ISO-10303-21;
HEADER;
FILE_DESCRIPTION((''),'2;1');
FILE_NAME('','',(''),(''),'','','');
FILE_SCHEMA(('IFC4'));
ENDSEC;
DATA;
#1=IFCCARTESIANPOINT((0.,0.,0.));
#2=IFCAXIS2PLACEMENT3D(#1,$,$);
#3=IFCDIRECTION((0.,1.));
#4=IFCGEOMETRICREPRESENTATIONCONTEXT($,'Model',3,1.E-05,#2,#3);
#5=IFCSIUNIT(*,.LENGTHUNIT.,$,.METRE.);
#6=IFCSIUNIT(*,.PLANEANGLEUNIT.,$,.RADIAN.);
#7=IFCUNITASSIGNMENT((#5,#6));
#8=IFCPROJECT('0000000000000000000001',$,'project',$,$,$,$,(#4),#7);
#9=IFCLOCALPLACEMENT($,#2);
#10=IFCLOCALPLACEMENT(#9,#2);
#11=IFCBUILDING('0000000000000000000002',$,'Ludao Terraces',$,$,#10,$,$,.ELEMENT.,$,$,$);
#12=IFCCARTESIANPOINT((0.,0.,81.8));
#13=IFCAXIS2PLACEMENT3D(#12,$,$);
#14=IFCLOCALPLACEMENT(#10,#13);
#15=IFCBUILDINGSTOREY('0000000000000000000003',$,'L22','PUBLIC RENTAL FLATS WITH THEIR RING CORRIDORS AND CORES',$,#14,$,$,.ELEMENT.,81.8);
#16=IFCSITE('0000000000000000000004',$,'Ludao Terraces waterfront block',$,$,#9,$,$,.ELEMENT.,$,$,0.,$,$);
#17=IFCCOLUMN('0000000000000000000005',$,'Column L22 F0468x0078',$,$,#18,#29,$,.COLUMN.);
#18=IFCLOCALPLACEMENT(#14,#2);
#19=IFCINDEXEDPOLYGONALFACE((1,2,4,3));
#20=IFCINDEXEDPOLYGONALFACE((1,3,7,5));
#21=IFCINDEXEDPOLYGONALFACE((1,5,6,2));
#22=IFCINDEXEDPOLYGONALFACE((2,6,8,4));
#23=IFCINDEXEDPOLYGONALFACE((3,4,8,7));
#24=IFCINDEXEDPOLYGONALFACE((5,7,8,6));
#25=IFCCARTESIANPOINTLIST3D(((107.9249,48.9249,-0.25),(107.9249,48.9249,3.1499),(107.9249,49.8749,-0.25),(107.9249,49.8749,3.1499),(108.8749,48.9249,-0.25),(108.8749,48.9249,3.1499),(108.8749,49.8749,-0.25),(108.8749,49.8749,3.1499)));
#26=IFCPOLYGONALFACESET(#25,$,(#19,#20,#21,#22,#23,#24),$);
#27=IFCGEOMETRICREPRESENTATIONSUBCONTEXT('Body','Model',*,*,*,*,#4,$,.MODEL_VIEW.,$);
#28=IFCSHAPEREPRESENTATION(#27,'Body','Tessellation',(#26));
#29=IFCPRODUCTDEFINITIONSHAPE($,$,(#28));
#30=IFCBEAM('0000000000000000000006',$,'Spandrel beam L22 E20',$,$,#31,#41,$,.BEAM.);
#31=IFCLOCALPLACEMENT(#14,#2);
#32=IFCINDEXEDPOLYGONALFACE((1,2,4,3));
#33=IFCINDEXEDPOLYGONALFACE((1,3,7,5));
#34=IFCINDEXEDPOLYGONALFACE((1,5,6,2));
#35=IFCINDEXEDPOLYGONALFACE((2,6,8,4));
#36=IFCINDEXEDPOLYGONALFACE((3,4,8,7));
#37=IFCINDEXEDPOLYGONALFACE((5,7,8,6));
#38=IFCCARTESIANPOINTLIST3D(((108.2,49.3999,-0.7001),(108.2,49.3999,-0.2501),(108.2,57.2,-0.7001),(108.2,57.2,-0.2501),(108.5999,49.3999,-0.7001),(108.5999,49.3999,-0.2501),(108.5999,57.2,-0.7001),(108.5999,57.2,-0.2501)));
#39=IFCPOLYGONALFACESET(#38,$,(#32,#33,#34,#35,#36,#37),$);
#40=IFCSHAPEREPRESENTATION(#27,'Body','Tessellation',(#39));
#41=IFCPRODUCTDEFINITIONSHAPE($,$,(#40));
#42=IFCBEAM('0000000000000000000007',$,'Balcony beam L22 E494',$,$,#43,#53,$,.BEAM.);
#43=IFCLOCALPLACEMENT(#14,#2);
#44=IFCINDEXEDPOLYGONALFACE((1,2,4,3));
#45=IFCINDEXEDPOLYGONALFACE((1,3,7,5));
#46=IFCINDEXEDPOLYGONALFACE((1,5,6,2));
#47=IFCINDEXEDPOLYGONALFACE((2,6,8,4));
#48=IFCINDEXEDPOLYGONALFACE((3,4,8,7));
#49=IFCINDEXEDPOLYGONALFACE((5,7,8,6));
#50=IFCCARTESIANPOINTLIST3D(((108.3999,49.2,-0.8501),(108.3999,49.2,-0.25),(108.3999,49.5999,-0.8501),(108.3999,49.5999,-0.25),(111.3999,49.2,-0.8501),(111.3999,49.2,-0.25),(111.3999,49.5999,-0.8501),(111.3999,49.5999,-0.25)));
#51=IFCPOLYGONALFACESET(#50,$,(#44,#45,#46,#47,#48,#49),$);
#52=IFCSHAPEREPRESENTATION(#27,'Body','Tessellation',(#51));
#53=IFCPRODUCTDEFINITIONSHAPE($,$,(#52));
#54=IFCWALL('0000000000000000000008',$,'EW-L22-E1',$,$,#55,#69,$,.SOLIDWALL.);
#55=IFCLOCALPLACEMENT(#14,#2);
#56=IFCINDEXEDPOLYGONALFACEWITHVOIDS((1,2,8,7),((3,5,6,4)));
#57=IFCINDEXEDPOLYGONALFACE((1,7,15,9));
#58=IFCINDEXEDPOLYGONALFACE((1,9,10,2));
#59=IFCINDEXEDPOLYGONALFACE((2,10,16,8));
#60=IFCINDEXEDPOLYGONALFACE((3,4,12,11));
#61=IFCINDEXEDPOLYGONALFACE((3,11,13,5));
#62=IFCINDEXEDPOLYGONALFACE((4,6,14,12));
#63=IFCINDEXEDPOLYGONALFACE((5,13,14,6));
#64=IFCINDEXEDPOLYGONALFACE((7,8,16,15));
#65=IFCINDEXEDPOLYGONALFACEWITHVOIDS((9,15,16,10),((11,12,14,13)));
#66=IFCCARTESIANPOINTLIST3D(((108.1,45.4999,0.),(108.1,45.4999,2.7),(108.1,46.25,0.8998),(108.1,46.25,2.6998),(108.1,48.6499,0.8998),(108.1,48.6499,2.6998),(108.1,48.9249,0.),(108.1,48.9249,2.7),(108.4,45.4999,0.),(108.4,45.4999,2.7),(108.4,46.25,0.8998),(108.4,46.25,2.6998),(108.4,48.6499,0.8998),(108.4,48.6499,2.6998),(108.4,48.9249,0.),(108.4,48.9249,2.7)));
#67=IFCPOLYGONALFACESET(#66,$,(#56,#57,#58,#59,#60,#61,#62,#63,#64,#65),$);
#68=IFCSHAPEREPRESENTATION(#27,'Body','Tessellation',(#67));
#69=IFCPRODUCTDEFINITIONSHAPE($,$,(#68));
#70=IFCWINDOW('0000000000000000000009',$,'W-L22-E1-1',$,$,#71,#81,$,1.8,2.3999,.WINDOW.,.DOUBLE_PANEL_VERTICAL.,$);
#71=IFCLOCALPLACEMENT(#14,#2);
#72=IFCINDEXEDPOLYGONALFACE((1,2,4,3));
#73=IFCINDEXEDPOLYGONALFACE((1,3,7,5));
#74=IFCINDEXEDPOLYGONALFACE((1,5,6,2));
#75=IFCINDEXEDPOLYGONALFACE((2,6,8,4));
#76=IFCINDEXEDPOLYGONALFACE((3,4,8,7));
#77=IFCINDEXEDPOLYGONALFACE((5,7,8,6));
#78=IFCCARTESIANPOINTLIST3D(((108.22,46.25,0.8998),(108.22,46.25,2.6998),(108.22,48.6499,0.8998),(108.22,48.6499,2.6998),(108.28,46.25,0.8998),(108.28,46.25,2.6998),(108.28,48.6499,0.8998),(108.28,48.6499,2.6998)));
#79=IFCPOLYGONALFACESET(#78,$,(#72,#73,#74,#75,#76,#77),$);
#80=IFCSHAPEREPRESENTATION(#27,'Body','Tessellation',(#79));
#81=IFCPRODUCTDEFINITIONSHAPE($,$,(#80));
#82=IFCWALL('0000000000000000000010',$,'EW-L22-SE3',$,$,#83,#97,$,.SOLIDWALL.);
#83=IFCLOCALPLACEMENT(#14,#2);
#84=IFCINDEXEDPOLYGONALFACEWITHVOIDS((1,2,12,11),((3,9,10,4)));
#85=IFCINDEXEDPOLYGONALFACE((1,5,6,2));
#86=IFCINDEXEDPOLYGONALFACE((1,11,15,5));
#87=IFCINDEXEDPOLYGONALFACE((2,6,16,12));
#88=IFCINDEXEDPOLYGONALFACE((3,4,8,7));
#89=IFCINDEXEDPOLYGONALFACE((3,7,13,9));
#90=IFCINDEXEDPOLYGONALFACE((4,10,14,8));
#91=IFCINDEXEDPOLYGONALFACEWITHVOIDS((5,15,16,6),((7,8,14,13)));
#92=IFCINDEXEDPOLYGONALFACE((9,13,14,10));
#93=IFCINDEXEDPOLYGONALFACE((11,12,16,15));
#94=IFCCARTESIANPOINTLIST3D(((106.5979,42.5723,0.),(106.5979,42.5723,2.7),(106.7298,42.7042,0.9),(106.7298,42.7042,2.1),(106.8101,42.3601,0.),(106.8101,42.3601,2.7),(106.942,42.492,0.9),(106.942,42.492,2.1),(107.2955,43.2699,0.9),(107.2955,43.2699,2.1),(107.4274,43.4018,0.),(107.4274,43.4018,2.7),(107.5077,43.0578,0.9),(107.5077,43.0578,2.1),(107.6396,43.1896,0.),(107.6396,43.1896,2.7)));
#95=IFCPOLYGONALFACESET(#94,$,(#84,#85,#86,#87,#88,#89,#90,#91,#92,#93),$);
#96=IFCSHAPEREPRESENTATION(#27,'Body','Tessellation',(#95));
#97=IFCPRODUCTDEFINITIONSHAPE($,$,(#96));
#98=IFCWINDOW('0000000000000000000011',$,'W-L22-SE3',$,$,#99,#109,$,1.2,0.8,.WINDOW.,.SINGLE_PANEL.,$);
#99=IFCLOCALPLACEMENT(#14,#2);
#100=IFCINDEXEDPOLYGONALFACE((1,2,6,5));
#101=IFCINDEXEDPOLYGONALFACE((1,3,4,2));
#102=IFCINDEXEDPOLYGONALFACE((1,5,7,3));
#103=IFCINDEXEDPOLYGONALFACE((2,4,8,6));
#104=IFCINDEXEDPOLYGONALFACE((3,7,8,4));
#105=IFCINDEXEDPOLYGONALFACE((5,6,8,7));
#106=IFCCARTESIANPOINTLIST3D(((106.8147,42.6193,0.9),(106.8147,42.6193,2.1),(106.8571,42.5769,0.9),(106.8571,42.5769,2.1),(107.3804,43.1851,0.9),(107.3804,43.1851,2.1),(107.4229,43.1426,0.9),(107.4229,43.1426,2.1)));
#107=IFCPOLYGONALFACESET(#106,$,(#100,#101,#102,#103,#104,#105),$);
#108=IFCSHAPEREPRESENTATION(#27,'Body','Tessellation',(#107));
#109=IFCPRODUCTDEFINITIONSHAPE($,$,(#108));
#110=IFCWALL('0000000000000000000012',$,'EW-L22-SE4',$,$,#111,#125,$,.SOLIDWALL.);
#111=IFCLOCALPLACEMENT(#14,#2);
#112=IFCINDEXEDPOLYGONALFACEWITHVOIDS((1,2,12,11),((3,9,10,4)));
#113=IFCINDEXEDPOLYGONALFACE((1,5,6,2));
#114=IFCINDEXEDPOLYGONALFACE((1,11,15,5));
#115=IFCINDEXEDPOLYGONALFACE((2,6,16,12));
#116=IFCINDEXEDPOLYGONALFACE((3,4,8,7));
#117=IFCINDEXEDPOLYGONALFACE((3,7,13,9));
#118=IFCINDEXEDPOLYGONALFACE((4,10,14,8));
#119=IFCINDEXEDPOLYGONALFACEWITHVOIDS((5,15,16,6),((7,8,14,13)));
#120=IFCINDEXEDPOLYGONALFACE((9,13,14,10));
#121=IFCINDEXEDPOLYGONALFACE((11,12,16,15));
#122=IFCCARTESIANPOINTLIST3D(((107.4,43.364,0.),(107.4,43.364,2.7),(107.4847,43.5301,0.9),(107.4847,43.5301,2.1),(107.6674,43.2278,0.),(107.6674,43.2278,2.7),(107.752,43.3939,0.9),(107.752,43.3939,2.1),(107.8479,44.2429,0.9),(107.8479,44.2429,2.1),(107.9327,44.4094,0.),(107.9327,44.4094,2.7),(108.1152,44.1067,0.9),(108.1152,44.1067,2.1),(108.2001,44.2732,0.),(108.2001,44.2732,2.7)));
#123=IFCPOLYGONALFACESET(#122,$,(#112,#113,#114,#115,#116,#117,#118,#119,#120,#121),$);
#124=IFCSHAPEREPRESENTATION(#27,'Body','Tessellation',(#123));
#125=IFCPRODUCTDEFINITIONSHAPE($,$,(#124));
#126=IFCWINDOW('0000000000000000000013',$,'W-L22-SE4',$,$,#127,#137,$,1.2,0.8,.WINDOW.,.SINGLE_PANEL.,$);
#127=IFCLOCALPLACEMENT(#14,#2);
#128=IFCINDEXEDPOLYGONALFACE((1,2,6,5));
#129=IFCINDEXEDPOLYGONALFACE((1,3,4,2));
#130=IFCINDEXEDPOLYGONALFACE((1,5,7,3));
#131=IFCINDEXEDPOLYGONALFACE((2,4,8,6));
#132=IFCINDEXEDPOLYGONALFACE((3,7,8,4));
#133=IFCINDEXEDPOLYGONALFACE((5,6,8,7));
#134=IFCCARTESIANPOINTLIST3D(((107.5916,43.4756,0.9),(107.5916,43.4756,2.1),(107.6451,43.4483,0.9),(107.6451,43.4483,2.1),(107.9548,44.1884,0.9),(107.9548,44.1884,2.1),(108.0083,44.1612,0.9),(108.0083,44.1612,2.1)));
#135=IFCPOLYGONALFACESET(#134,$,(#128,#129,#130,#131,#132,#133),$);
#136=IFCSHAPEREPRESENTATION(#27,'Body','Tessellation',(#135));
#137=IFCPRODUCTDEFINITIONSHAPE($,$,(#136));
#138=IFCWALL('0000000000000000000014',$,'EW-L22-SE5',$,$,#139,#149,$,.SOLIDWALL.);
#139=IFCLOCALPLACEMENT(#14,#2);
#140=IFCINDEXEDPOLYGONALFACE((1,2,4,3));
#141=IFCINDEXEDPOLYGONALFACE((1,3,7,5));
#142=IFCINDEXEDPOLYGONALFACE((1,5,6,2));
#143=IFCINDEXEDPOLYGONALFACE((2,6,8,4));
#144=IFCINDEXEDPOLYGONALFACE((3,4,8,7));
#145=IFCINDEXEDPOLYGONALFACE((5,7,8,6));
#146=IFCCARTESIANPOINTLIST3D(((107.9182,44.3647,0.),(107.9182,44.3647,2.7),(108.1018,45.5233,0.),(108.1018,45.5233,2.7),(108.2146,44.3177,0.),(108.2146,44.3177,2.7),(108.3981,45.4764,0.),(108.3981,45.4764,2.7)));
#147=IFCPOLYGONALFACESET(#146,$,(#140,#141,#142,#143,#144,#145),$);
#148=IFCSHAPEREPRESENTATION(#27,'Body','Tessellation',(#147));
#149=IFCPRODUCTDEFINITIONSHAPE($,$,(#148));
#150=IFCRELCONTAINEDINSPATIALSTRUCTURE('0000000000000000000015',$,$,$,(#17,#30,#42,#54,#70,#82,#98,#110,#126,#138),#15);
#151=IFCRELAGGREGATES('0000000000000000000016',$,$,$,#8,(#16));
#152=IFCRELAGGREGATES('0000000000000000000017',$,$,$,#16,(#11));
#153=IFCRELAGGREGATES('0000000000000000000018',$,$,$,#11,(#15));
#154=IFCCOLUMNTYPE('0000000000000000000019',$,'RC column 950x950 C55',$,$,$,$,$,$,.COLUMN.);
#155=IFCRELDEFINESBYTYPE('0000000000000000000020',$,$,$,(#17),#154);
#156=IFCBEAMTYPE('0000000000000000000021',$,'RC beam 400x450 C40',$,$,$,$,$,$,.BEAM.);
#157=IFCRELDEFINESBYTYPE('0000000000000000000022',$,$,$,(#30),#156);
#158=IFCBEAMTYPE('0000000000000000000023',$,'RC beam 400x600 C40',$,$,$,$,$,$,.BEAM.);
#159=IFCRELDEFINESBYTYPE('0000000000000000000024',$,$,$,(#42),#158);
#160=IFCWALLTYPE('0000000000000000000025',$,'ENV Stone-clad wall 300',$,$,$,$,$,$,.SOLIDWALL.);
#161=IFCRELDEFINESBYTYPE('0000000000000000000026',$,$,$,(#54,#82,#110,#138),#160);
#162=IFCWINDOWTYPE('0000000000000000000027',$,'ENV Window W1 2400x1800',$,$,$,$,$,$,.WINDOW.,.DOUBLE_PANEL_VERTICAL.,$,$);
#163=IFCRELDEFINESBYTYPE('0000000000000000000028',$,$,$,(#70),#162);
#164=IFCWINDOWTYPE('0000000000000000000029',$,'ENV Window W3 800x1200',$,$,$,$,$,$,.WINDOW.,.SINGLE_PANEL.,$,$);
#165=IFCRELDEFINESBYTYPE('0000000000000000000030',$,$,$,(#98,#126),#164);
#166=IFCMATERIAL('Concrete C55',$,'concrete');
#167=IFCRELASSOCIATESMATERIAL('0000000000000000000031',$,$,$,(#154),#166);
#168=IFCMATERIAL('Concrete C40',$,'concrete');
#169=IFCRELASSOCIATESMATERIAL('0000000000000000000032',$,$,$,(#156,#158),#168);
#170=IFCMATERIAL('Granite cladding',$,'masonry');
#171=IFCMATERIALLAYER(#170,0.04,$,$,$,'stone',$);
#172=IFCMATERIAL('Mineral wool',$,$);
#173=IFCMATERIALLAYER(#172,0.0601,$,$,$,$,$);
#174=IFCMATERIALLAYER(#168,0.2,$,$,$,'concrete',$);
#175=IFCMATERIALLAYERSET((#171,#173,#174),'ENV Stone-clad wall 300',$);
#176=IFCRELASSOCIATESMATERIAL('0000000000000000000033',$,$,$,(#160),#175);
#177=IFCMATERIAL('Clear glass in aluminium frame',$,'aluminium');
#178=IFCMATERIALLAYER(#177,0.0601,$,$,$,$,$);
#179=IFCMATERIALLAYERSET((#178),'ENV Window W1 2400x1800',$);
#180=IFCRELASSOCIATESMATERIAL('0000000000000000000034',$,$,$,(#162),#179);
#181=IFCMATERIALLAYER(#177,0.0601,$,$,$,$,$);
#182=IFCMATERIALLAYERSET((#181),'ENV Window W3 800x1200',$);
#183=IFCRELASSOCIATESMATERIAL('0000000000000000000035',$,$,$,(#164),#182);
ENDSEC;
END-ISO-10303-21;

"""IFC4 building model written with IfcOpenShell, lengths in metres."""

from ifc_helpers import new_model, si_unit, direction, frame, frame_2d, origin, origin_2d, place, context, subcontext, project, spatial, rectangle, extrude, material, layer, layer_set, material_profile, profile_set, type_object, element, fill, save


model = new_model("IFC4")

# Units and contexts
model_context = context("Model", 3, precision=1e-05, world=origin(), true_north=direction((0.0, 1.0)))
body_context = subcontext(model_context, "Body", "Model", "MODEL_VIEW")
ifc_project = project(units=[si_unit("LENGTHUNIT", "METRE"), si_unit("PLANEANGLEUNIT", "RADIAN")], contexts=[model_context])

# Site, building, storey
site_placement = place(None, origin())
site = spatial("IfcSite", under=ifc_project, at=site_placement, Name="Ludao Terraces waterfront block", CompositionType="ELEMENT", RefElevation=0.0)
building_placement = place(site_placement, origin())
building = spatial("IfcBuilding", under=site, at=building_placement, Name="Ludao Terraces", CompositionType="ELEMENT")
storey_placement = place(building_placement, frame((0.0, 0.0, 81.8)))
storey = spatial("IfcBuildingStorey", under=building, at=storey_placement, Name="L22", Description="PUBLIC RENTAL FLATS WITH THEIR RING CORRIDORS AND CORES", CompositionType="ELEMENT", Elevation=81.8)

# Column
ifc_material_1 = material(Name="Concrete C55", Category="concrete")
ifc_material_profile_1 = material_profile(ifc_material_1, rectangle(XDim=0.95, YDim=0.95, at=origin_2d()), Name="950 X 950")
ifc_profile_set_1 = profile_set([ifc_material_profile_1], Name="Concrete C55")
column_type = type_object("IfcColumnType", Name="RC column 950x950 C55", PredefinedType="COLUMN", material=ifc_profile_set_1)
column_placement = place(storey_placement, frame((108.3999, 49.3999, -0.25), z_axis=(0.0, 0.0, 1.0), x_axis=(1.0, 0.0, 0.0)))
element("IfcColumn", 1, at=column_placement, inside=storey, type_object=column_type, Name="Column L22 F0468x0078", PredefinedType="COLUMN", context=body_context, shape_type="SweptSolid", body=[
    extrude(rectangle(XDim=0.95, YDim=0.95, at=origin_2d()), origin(), (0.0, 0.0, 1.0), 3.3999),
])

# Beams
ifc_material_2 = material(Name="Concrete C40", Category="concrete")
ifc_material_profile_2 = material_profile(ifc_material_2, rectangle(XDim=0.3999, YDim=0.45, at=origin_2d()), Name="400 X 450")
ifc_profile_set_2 = profile_set([ifc_material_profile_2], Name="Concrete C40")
beam_type_1 = type_object("IfcBeamType", Name="RC beam 400x450 C40", PredefinedType="BEAM", material=ifc_profile_set_2)
beam_1_placement = place(storey_placement, frame((108.3999, 49.3999, -0.4751), z_axis=(0.0, 1.0, 0.0), x_axis=(-1.0, 0.0, 0.0)))
element("IfcBeam", 2, at=beam_1_placement, inside=storey, type_object=beam_type_1, Name="Spandrel beam L22 E20", PredefinedType="BEAM", context=body_context, shape_type="SweptSolid", body=[
    extrude(rectangle(XDim=0.3999, YDim=0.45, at=origin_2d()), origin(), (0.0, 0.0, 1.0), 7.8),
])
ifc_material_profile_3 = material_profile(ifc_material_2, rectangle(XDim=0.3999, YDim=0.6001, at=origin_2d()), Name="400 X 600")
ifc_profile_set_3 = profile_set([ifc_material_profile_3], Name="Concrete C40")
beam_type_2 = type_object("IfcBeamType", Name="RC beam 400x600 C40", PredefinedType="BEAM", material=ifc_profile_set_3)
beam_2_placement = place(storey_placement, frame((108.3999, 49.3999, -0.55), z_axis=(1.0, 0.0, 0.0), x_axis=(0.0, 1.0, 0.0)))
element("IfcBeam", 3, at=beam_2_placement, inside=storey, type_object=beam_type_2, Name="Balcony beam L22 E494", PredefinedType="BEAM", context=body_context, shape_type="SweptSolid", body=[
    extrude(rectangle(XDim=0.3999, YDim=0.6001, at=origin_2d()), origin(), (0.0, 0.0, 1.0), 3.0),
])

# Walls, openings, windows
ifc_material_3 = material(Name="Granite cladding", Category="masonry")
ifc_layer_1 = layer(ifc_material_3, 0.04, Category="stone")
ifc_material_4 = material(Name="Mineral wool")
ifc_layer_2 = layer(ifc_material_4, 0.0601)
ifc_layer_3 = layer(ifc_material_2, 0.2, Category="concrete")
ifc_layer_set_1 = layer_set([ifc_layer_1, ifc_layer_2, ifc_layer_3], Name="ENV Stone-clad wall 300")
wall_type = type_object("IfcWallType", Name="ENV Stone-clad wall 300", PredefinedType="SOLIDWALL", material=ifc_layer_set_1)
wall_1_placement = place(storey_placement, frame((108.25, 45.5, 0.0), z_axis=(0.0, 0.0, 1.0), x_axis=(0.0, 1.0, 0.0)))
wall_1 = element("IfcWall", 4, at=wall_1_placement, inside=storey, type_object=wall_type, Name="EW-L22-E1", PredefinedType="SOLIDWALL", context=body_context, shape_type="SweptSolid", body=[
    extrude(rectangle(XDim=3.425, YDim=0.3, at=frame_2d((1.7124, 0.0))), origin(), (0.0, 0.0, 1.0), 2.7),
])
opening_1_placement = place(wall_1_placement, frame((0.75, 0.0, 0.8999)))
opening_1 = element("IfcOpeningElement", 5, at=opening_1_placement, cuts=wall_1, PredefinedType="OPENING", context=body_context, shape_type="SweptSolid", body=[
    extrude(rectangle(XDim=2.3999, YDim=1.8, at=frame_2d((1.2, 0.8999))), frame((0.0, 0.1602, 0.0), z_axis=(0.0, -1.0, 0.0), x_axis=(1.0, 0.0, 0.0)), (0.0, 0.0, 1.0), 0.3201),
])
ifc_material_5 = material(Name="Clear glass in aluminium frame", Category="aluminium")
ifc_layer_4 = layer(ifc_material_5, 0.0601)
ifc_layer_set_2 = layer_set([ifc_layer_4], Name="ENV Window W1 2400x1800")
window_type_1 = type_object("IfcWindowType", Name="ENV Window W1 2400x1800", PartitioningType="DOUBLE_PANEL_VERTICAL", PredefinedType="WINDOW", material=ifc_layer_set_2)
window_1_placement = place(opening_1_placement, origin())
window_1 = element("IfcWindow", 6, at=window_1_placement, inside=storey, type_object=window_type_1, Name="W-L22-E1-1", OverallHeight=1.8, OverallWidth=2.3999, PartitioningType="DOUBLE_PANEL_VERTICAL", PredefinedType="WINDOW", context=body_context, shape_type="SweptSolid", body=[
    extrude(rectangle(XDim=2.3999, YDim=1.8, at=frame_2d((1.2, 0.8999))), frame((0.0, 0.03, 0.0), z_axis=(0.0, -1.0, 0.0), x_axis=(1.0, 0.0, 0.0)), (0.0, 0.0, 1.0), 0.0601),
])
fill(opening_1, window_1)
wall_2_placement = place(storey_placement, frame((106.7041, 42.4663, 0.0), z_axis=(0.0, 0.0, 1.0), x_axis=(0.707107, 0.707107, 0.0)))
wall_2 = element("IfcWall", 7, at=wall_2_placement, inside=storey, type_object=wall_type, Name="EW-L22-SE3", PredefinedType="SOLIDWALL", context=body_context, shape_type="SweptSolid", body=[
    extrude(rectangle(XDim=1.1731, YDim=0.3, at=frame_2d((0.5864, 0.0))), origin(), (0.0, 0.0, 1.0), 2.7),
])
opening_2_placement = place(wall_2_placement, frame((0.1865, 0.0, 0.8999)))
opening_2 = element("IfcOpeningElement", 8, at=opening_2_placement, cuts=wall_2, PredefinedType="OPENING", context=body_context, shape_type="SweptSolid", body=[
    extrude(rectangle(XDim=0.8, YDim=1.2, at=frame_2d((0.3999, 0.6001))), frame((0.0, 0.1602, 0.0), z_axis=(0.0, -1.0, 0.0), x_axis=(1.0, 0.0, 0.0)), (0.0, 0.0, 1.0), 0.3201),
])
ifc_layer_5 = layer(ifc_material_5, 0.0601)
ifc_layer_set_3 = layer_set([ifc_layer_5], Name="ENV Window W3 800x1200")
window_type_2 = type_object("IfcWindowType", Name="ENV Window W3 800x1200", PartitioningType="SINGLE_PANEL", PredefinedType="WINDOW", material=ifc_layer_set_3)
window_2_placement = place(opening_2_placement, origin())
window_2 = element("IfcWindow", 9, at=window_2_placement, inside=storey, type_object=window_type_2, Name="W-L22-SE3", OverallHeight=1.2, OverallWidth=0.8, PartitioningType="SINGLE_PANEL", PredefinedType="WINDOW", context=body_context, shape_type="SweptSolid", body=[
    extrude(rectangle(XDim=0.8, YDim=1.2, at=frame_2d((0.3999, 0.6001))), frame((0.0, 0.03, 0.0), z_axis=(0.0, -1.0, 0.0), x_axis=(1.0, 0.0, 0.0)), (0.0, 0.0, 1.0), 0.0601),
])
fill(opening_2, window_2)
wall_3_placement = place(storey_placement, frame((107.5337, 43.2959, 0.0), z_axis=(0.0, 0.0, 1.0), x_axis=(0.454026, 0.890989, 0.0)))
wall_3 = element("IfcWall", 10, at=wall_3_placement, inside=storey, type_object=wall_type, Name="EW-L22-SE4", PredefinedType="SOLIDWALL", context=body_context, shape_type="SweptSolid", body=[
    extrude(rectangle(XDim=1.1733, YDim=0.3, at=frame_2d((0.5867, 0.0))), origin(), (0.0, 0.0, 1.0), 2.7),
])
opening_3_placement = place(wall_3_placement, frame((0.1865, 0.0, 0.8999)))
opening_3 = element("IfcOpeningElement", 11, at=opening_3_placement, cuts=wall_3, PredefinedType="OPENING", context=body_context, shape_type="SweptSolid", body=[
    extrude(rectangle(XDim=0.8, YDim=1.2, at=frame_2d((0.3999, 0.6001))), frame((0.0, 0.1602, 0.0), z_axis=(0.0, -1.0, 0.0), x_axis=(1.0, 0.0, 0.0)), (0.0, 0.0, 1.0), 0.3201),
])
window_3_placement = place(opening_3_placement, origin())
window_3 = element("IfcWindow", 12, at=window_3_placement, inside=storey, type_object=window_type_2, Name="W-L22-SE4", OverallHeight=1.2, OverallWidth=0.8, PartitioningType="SINGLE_PANEL", PredefinedType="WINDOW", context=body_context, shape_type="SweptSolid", body=[
    extrude(rectangle(XDim=0.8, YDim=1.2, at=frame_2d((0.3999, 0.6001))), frame((0.0, 0.03, 0.0), z_axis=(0.0, -1.0, 0.0), x_axis=(1.0, 0.0, 0.0)), (0.0, 0.0, 1.0), 0.0601),
])
fill(opening_3, window_3)

# Wall
wall_4_placement = place(storey_placement, frame((108.0664, 44.3413, 0.0), z_axis=(0.0, 0.0, 1.0), x_axis=(0.156497, 0.987678, 0.0)))
element("IfcWall", 13, at=wall_4_placement, inside=storey, type_object=wall_type, Name="EW-L22-SE5", PredefinedType="SOLIDWALL", context=body_context, shape_type="SweptSolid", body=[
    extrude(rectangle(XDim=1.1731, YDim=0.3, at=frame_2d((0.5864, 0.0))), origin(), (0.0, 0.0, 1.0), 2.7),
])

save(model, "model.ifc")
